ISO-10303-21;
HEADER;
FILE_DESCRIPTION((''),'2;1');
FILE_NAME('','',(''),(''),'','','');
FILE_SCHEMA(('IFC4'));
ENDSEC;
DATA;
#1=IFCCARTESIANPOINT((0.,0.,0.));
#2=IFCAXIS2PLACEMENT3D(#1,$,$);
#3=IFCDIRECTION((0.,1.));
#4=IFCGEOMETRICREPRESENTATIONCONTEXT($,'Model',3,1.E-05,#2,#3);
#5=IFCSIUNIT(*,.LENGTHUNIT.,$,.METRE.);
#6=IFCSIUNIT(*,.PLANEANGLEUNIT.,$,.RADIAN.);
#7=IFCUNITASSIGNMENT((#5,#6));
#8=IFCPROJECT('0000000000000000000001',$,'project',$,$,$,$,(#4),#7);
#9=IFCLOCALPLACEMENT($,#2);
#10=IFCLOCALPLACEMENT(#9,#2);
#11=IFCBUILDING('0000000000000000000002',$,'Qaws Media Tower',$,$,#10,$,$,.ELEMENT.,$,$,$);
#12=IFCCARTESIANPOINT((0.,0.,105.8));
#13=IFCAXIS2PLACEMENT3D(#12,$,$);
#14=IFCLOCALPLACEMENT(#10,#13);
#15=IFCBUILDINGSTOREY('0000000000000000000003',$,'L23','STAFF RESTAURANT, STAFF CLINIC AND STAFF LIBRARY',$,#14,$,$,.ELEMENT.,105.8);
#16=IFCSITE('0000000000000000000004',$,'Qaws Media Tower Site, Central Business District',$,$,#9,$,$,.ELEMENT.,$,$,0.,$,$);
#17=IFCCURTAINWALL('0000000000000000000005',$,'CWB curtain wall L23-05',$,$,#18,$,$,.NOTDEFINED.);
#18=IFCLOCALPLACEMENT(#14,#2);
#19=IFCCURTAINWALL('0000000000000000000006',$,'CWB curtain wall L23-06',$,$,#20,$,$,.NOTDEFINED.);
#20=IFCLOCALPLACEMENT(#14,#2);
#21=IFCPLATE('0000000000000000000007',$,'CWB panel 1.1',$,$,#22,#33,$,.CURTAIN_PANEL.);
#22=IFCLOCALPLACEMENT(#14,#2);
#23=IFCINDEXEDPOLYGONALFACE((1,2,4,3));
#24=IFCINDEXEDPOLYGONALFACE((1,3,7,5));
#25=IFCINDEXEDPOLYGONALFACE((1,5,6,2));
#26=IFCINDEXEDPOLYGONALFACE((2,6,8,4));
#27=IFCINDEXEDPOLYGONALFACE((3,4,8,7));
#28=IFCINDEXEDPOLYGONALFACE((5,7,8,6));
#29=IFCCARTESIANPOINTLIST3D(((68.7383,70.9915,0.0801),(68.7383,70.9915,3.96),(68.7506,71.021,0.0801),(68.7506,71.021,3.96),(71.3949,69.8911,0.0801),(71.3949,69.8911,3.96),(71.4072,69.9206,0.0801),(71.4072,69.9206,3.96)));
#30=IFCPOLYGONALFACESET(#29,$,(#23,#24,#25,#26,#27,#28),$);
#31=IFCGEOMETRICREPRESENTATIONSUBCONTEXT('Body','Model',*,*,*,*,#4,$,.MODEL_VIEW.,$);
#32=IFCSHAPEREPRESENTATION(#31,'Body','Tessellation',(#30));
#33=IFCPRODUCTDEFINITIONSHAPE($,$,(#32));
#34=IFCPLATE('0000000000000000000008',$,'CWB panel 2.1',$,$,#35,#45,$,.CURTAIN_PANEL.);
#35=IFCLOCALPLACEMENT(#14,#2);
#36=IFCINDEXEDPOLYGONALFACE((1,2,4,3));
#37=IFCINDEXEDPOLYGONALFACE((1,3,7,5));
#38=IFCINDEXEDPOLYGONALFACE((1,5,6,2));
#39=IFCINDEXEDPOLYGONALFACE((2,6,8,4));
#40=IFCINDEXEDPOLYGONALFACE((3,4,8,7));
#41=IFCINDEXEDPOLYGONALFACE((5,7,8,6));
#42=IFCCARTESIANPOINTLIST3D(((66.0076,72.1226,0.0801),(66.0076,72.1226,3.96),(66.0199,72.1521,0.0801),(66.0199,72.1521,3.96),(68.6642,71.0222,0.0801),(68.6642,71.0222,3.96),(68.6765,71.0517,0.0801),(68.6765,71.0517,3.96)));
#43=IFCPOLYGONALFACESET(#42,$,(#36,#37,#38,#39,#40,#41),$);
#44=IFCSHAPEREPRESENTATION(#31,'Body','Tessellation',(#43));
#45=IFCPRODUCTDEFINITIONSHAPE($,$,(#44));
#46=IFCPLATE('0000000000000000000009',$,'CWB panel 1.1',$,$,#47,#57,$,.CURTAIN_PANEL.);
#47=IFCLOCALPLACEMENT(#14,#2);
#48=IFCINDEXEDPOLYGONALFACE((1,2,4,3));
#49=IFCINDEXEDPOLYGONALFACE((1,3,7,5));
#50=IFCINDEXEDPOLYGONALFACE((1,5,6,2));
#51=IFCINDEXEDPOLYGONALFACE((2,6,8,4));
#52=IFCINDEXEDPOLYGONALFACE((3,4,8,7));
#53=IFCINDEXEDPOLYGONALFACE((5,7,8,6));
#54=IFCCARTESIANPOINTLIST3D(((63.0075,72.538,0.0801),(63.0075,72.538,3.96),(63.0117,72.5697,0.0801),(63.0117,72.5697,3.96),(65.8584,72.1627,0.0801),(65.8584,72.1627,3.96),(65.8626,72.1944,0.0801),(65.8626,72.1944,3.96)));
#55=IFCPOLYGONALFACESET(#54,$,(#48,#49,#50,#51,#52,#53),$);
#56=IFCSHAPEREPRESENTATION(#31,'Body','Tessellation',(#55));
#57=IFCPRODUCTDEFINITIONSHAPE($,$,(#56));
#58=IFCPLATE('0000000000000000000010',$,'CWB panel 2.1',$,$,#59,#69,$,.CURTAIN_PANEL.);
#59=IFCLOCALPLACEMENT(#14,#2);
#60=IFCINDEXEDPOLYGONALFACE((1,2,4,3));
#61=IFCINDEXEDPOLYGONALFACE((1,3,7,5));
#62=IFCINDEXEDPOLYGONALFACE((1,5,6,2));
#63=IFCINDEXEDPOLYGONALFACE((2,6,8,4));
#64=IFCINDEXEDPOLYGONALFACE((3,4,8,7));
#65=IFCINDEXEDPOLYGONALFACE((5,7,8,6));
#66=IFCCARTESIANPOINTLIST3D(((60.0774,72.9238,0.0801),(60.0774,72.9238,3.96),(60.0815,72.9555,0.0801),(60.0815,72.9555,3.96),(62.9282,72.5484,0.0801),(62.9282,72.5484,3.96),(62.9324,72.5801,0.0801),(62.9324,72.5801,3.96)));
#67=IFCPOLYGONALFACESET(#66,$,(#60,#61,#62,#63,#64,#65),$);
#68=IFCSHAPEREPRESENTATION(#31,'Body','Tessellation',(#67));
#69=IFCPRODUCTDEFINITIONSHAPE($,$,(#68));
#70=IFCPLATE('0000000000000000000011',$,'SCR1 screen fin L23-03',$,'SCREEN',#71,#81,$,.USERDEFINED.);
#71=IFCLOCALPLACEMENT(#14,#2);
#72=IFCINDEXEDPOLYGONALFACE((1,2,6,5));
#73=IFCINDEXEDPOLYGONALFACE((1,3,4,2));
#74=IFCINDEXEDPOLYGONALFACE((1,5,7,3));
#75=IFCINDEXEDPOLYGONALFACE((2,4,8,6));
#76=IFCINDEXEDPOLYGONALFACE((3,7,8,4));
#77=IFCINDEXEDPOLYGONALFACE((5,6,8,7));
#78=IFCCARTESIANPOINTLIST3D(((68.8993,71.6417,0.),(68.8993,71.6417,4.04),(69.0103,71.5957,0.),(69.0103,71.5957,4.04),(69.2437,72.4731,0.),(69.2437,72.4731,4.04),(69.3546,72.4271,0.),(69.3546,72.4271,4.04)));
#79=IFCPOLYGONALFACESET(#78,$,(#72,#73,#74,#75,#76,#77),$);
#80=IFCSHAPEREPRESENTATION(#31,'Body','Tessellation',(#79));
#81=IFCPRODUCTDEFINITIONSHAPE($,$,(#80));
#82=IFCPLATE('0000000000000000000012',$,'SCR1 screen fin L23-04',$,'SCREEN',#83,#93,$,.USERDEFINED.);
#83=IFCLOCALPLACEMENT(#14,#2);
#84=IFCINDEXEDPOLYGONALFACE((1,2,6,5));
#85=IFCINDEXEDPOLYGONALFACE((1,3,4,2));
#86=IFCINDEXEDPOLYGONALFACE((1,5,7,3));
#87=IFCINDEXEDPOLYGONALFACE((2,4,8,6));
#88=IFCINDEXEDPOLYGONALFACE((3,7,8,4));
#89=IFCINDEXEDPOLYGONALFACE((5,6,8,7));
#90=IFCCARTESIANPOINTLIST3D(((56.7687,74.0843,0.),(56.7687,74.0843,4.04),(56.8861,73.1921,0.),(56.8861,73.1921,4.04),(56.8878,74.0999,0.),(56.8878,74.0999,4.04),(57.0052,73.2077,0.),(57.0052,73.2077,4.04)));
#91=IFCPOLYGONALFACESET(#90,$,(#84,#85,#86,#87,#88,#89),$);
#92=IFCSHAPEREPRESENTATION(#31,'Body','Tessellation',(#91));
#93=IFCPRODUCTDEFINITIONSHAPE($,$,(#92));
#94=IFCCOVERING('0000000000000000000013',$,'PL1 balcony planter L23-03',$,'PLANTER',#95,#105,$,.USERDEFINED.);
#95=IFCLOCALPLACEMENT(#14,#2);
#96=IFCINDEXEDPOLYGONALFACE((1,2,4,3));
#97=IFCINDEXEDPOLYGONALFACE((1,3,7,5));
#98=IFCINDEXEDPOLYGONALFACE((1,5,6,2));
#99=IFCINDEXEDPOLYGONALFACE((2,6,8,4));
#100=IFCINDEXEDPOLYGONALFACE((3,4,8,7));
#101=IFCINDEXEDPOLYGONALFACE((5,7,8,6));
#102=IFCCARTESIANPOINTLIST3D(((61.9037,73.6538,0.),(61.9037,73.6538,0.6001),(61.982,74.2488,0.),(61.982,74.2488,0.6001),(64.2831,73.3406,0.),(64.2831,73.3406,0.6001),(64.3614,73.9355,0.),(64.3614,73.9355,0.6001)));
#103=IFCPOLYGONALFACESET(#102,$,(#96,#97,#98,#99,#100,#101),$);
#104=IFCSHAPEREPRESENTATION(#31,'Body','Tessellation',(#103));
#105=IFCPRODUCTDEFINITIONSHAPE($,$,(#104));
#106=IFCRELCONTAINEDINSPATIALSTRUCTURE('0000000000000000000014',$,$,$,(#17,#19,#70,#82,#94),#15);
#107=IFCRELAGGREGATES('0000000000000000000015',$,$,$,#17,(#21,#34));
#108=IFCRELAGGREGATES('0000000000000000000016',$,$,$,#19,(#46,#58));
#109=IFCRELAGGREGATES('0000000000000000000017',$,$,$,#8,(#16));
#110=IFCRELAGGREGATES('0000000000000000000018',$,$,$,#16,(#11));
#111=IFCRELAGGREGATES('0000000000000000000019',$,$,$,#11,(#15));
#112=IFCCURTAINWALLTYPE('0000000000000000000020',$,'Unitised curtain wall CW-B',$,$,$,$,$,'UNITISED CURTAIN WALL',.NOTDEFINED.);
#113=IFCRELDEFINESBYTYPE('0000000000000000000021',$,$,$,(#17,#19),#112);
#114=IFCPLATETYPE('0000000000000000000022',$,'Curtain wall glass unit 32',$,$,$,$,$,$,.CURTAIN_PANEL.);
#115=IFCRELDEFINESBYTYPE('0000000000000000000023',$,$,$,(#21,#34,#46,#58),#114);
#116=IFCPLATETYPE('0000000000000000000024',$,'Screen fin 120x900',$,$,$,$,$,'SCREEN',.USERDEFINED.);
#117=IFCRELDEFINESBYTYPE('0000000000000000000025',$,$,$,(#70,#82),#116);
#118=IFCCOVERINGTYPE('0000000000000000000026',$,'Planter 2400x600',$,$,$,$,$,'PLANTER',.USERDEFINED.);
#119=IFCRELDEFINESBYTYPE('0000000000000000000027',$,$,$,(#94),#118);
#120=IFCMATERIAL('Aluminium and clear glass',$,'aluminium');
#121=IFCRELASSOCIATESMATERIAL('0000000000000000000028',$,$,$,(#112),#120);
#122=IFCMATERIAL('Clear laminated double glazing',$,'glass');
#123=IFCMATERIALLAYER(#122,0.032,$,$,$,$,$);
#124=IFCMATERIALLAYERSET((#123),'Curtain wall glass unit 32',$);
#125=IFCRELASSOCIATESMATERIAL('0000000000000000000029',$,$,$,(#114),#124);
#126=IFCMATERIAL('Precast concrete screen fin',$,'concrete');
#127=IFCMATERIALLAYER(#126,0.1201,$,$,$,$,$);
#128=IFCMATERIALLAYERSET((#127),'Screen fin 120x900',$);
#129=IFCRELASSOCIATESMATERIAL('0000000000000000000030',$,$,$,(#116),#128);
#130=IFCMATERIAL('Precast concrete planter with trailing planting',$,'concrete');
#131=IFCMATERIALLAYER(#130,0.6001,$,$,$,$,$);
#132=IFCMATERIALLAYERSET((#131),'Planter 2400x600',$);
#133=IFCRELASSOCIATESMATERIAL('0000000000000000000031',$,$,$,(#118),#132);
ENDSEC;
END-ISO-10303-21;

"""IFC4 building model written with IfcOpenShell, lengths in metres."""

from ifc_helpers import new_model, si_unit, direction, frame, origin, origin_2d, place, context, subcontext, project, spatial, rectangle, extrude, material, layer, layer_set, type_object, element, aggregate, save


model = new_model("IFC4")

# Units and contexts
model_context = context("Model", 3, precision=1e-05, world=origin(), true_north=direction((0.0, 1.0)))
body_context = subcontext(model_context, "Body", "Model", "MODEL_VIEW")
ifc_project = project(units=[si_unit("LENGTHUNIT", "METRE"), si_unit("PLANEANGLEUNIT", "RADIAN")], contexts=[model_context])

# Site, building, storey
site_placement = place(None, origin())
site = spatial("IfcSite", under=ifc_project, at=site_placement, Name="Qaws Media Tower Site, Central Business District", CompositionType="ELEMENT", RefElevation=0.0)
building_placement = place(site_placement, origin())
building = spatial("IfcBuilding", under=site, at=building_placement, Name="Qaws Media Tower", CompositionType="ELEMENT")
storey_placement = place(building_placement, frame((0.0, 0.0, 105.8)))
storey = spatial("IfcBuildingStorey", under=building, at=storey_placement, Name="L23", Description="STAFF RESTAURANT, STAFF CLINIC AND STAFF LIBRARY", CompositionType="ELEMENT", Elevation=105.8)

# Curtain walls
ifc_material_1 = material(Name="Aluminium and clear glass", Category="aluminium")
curtain_wall_type = type_object("IfcCurtainWallType", Name="Unitised curtain wall CW-B", ElementType="UNITISED CURTAIN WALL", PredefinedType="NOTDEFINED", material=ifc_material_1)
curtain_wall_1_placement = place(storey_placement, origin())
curtain_wall_1 = element("IfcCurtainWall", 1, at=curtain_wall_1_placement, inside=storey, type_object=curtain_wall_type, Name="CWB curtain wall L23-05", PredefinedType="NOTDEFINED")
curtain_wall_2_placement = place(storey_placement, origin())
curtain_wall_2 = element("IfcCurtainWall", 2, at=curtain_wall_2_placement, inside=storey, type_object=curtain_wall_type, Name="CWB curtain wall L23-06", PredefinedType="NOTDEFINED")

# Plates
ifc_material_2 = material(Name="Clear laminated double glazing", Category="glass")
ifc_layer_1 = layer(ifc_material_2, 0.032)
ifc_layer_set_1 = layer_set([ifc_layer_1], Name="Curtain wall glass unit 32")
plate_type_1 = type_object("IfcPlateType", Name="Curtain wall glass unit 32", PredefinedType="CURTAIN_PANEL", material=ifc_layer_set_1)
plate_1_placement = place(storey_placement, frame((70.0728, 70.4561, 0.0801), z_axis=(0.0, 0.0, 1.0), x_axis=(-0.92388, 0.382683, 0.0)))
plate_1 = element("IfcPlate", 3, at=plate_1_placement, type_object=plate_type_1, Name="CWB panel 1.1", PredefinedType="CURTAIN_PANEL", context=body_context, shape_type="SweptSolid", body=[
    extrude(rectangle(XDim=2.8755, YDim=0.032, at=origin_2d()), origin(), (0.0, 0.0, 1.0), 3.8799),
])
plate_2_placement = place(storey_placement, frame((67.342, 71.5872, 0.0801), z_axis=(0.0, 0.0, 1.0), x_axis=(-0.92388, 0.382683, 0.0)))
plate_2 = element("IfcPlate", 4, at=plate_2_placement, type_object=plate_type_1, Name="CWB panel 2.1", PredefinedType="CURTAIN_PANEL", context=body_context, shape_type="SweptSolid", body=[
    extrude(rectangle(XDim=2.8755, YDim=0.032, at=origin_2d()), origin(), (0.0, 0.0, 1.0), 3.8799),
])
aggregate(curtain_wall_1, [plate_1, plate_2])
plate_3_placement = place(storey_placement, frame((64.4351, 72.3662, 0.0801), z_axis=(0.0, 0.0, 1.0), x_axis=(-0.991445, 0.130526, 0.0)))
plate_3 = element("IfcPlate", 5, at=plate_3_placement, type_object=plate_type_1, Name="CWB panel 1.1", PredefinedType="CURTAIN_PANEL", context=body_context, shape_type="SweptSolid", body=[
    extrude(rectangle(XDim=2.8755, YDim=0.032, at=origin_2d()), origin(), (0.0, 0.0, 1.0), 3.8799),
])
plate_4_placement = place(storey_placement, frame((61.5049, 72.752, 0.0801), z_axis=(0.0, 0.0, 1.0), x_axis=(-0.991445, 0.130526, 0.0)))
plate_4 = element("IfcPlate", 6, at=plate_4_placement, type_object=plate_type_1, Name="CWB panel 2.1", PredefinedType="CURTAIN_PANEL", context=body_context, shape_type="SweptSolid", body=[
    extrude(rectangle(XDim=2.8755, YDim=0.032, at=origin_2d()), origin(), (0.0, 0.0, 1.0), 3.8799),
])
aggregate(curtain_wall_2, [plate_3, plate_4])

# Plates
ifc_material_3 = material(Name="Precast concrete screen fin", Category="concrete")
ifc_layer_2 = layer(ifc_material_3, 0.1201)
ifc_layer_set_2 = layer_set([ifc_layer_2], Name="Screen fin 120x900")
plate_type_2 = type_object("IfcPlateType", Name="Screen fin 120x900", ElementType="SCREEN", PredefinedType="USERDEFINED", material=ifc_layer_set_2)
for number, where, z_axis, x_axis, name in (
    (7, (69.127, 72.0344, 0.0), (0.0, 0.0, 1.0), (0.382683, 0.92388, 0.0), "SCR1 screen fin L23-03"),
    (8, (56.887, 73.646, 0.0), (0.0, 0.0, 1.0), (-0.130526, 0.991445, 0.0), "SCR1 screen fin L23-04"),
):
    element("IfcPlate", number, at=place(storey_placement, frame(where, z_axis=z_axis, x_axis=x_axis)), inside=storey, type_object=plate_type_2, Name=name, ObjectType="SCREEN", PredefinedType="USERDEFINED", context=body_context, shape_type="SweptSolid", body=[
        extrude(rectangle(XDim=0.8999, YDim=0.1201, at=origin_2d()), origin(), (0.0, 0.0, 1.0), 4.04),
    ])

# Covering
ifc_material_4 = material(Name="Precast concrete planter with trailing planting", Category="concrete")
ifc_layer_3 = layer(ifc_material_4, 0.6001)
ifc_layer_set_3 = layer_set([ifc_layer_3], Name="Planter 2400x600")
covering_type = type_object("IfcCoveringType", Name="Planter 2400x600", ElementType="PLANTER", PredefinedType="USERDEFINED", material=ifc_layer_set_3)
covering_placement = place(storey_placement, frame((63.1326, 73.7947, 0.0), z_axis=(0.0, 0.0, 1.0), x_axis=(-0.991445, 0.130526, 0.0)))
element("IfcCovering", 9, at=covering_placement, inside=storey, type_object=covering_type, Name="PL1 balcony planter L23-03", ObjectType="PLANTER", PredefinedType="USERDEFINED", context=body_context, shape_type="SweptSolid", body=[
    extrude(rectangle(XDim=2.3999, YDim=0.6001, at=origin_2d()), origin(), (0.0, 0.0, 1.0), 0.6001),
])

save(model, "model.ifc")
